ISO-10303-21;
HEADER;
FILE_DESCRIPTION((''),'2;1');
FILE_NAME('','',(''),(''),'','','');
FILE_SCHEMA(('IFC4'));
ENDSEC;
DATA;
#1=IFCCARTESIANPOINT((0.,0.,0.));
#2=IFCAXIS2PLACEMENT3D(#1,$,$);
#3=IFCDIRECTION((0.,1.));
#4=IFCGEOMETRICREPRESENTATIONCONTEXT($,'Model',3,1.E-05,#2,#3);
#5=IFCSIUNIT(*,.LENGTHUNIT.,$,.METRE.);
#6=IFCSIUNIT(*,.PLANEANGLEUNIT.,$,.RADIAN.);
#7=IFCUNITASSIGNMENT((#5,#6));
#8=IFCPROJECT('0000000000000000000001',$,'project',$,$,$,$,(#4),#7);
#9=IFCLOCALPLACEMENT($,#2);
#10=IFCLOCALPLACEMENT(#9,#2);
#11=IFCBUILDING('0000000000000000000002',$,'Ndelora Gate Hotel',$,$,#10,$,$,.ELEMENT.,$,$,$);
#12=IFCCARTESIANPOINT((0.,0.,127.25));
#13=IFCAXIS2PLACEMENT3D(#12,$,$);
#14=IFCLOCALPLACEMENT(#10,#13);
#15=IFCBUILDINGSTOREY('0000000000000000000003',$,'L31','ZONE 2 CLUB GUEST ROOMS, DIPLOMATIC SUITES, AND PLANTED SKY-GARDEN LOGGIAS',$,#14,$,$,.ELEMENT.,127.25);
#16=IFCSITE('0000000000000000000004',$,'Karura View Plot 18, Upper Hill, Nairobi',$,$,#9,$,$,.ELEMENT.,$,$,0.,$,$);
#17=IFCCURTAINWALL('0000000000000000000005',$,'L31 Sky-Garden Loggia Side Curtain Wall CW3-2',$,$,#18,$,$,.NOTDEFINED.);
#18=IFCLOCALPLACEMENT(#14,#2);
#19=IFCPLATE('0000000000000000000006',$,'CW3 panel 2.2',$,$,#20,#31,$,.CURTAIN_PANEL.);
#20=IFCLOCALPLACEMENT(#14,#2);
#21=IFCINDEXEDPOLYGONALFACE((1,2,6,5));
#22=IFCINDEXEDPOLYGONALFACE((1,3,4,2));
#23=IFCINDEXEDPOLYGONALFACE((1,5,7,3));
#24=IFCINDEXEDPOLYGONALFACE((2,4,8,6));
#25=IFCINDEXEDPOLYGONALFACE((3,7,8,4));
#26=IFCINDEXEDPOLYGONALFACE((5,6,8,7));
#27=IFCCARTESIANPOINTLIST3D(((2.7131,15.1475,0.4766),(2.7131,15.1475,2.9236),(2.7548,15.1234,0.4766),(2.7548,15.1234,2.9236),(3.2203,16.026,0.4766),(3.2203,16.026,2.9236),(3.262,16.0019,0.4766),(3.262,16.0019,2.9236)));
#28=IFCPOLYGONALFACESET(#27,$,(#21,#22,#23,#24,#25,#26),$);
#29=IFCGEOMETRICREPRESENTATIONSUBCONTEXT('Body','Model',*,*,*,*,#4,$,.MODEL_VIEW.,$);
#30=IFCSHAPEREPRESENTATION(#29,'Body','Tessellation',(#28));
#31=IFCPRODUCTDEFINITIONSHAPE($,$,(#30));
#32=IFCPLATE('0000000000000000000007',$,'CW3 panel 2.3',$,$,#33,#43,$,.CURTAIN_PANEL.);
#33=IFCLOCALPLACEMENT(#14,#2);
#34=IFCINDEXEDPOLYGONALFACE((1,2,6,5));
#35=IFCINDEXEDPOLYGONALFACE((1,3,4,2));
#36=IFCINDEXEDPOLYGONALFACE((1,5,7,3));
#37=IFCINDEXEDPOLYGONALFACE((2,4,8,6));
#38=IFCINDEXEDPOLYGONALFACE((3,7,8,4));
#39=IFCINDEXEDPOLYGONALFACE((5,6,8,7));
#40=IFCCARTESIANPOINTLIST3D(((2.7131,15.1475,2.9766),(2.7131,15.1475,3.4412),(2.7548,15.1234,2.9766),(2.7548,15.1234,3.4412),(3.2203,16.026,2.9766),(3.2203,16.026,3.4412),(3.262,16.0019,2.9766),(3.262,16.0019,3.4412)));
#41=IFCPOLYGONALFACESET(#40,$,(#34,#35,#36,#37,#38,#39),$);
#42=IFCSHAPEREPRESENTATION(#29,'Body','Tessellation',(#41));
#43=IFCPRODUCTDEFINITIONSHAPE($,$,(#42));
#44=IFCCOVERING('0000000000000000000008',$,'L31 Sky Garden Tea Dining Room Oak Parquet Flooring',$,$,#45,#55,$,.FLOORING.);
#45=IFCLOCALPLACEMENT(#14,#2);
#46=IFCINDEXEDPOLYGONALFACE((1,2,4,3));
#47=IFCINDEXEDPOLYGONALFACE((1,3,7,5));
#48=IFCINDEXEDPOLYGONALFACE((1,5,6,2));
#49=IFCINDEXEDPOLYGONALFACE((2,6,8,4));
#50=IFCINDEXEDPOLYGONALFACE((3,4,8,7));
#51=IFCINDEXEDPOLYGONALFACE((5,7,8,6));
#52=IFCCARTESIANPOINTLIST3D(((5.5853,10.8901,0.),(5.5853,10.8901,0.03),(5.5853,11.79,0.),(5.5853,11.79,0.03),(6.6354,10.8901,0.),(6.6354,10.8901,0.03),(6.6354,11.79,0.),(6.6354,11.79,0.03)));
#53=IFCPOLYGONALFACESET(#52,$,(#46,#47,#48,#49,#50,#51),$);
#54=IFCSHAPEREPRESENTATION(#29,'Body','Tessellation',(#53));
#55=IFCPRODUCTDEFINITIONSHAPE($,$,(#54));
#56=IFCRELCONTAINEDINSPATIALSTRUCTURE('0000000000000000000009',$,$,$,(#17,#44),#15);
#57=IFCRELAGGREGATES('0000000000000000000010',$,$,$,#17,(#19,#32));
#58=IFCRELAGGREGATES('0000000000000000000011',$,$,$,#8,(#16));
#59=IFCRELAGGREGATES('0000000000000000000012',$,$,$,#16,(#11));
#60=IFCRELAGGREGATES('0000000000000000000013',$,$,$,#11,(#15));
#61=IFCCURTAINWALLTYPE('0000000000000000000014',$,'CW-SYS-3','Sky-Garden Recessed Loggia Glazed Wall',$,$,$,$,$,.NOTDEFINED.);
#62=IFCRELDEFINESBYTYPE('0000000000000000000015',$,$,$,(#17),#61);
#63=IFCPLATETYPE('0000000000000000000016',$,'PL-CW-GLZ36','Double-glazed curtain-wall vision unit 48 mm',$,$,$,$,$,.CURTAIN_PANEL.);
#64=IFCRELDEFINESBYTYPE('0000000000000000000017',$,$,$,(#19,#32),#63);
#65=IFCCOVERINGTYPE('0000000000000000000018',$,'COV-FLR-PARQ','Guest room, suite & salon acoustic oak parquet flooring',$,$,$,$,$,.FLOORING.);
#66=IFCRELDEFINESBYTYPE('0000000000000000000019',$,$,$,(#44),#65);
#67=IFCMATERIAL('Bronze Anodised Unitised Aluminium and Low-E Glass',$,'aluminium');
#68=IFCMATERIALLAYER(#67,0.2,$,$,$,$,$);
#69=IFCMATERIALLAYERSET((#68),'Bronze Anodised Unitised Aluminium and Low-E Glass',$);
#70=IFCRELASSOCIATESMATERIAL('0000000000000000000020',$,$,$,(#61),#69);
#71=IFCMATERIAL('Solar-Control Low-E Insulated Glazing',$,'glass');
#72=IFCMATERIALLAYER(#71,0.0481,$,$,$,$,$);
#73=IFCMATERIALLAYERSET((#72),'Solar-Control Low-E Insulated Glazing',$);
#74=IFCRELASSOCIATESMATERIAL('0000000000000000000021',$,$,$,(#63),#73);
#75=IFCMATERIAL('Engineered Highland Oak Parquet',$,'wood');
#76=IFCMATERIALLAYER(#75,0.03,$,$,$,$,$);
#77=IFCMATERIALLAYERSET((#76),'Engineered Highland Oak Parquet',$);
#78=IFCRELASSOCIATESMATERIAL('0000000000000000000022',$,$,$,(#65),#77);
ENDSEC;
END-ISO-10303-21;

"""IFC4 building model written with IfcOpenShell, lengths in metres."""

from ifc_helpers import new_model, si_unit, direction, frame, origin, origin_2d, place, context, subcontext, project, spatial, rectangle, extrude, material, layer, layer_set, type_object, element, aggregate, save


model = new_model("IFC4")

# Units and contexts
model_context = context("Model", 3, precision=1e-05, world=origin(), true_north=direction((0.0, 1.0)))
body_context = subcontext(model_context, "Body", "Model", "MODEL_VIEW")
ifc_project = project(units=[si_unit("LENGTHUNIT", "METRE"), si_unit("PLANEANGLEUNIT", "RADIAN")], contexts=[model_context])

# Site, building, storey
site_placement = place(None, origin())
site = spatial("IfcSite", under=ifc_project, at=site_placement, Name="Karura View Plot 18, Upper Hill, Nairobi", CompositionType="ELEMENT", RefElevation=0.0)
building_placement = place(site_placement, origin())
building = spatial("IfcBuilding", under=site, at=building_placement, Name="Ndelora Gate Hotel", CompositionType="ELEMENT")
storey_placement = place(building_placement, frame((0.0, 0.0, 127.25)))
storey = spatial("IfcBuildingStorey", under=building, at=storey_placement, Name="L31", Description="ZONE 2 CLUB GUEST ROOMS, DIPLOMATIC SUITES, AND PLANTED SKY-GARDEN LOGGIAS", CompositionType="ELEMENT", Elevation=127.25)

# Curtain wall, plates
ifc_material_1 = material(Name="Bronze Anodised Unitised Aluminium and Low-E Glass", Category="aluminium")
ifc_layer_1 = layer(ifc_material_1, 0.2)
ifc_layer_set_1 = layer_set([ifc_layer_1], Name="Bronze Anodised Unitised Aluminium and Low-E Glass")
curtain_wall_type = type_object("IfcCurtainWallType", Name="CW-SYS-3", Description="Sky-Garden Recessed Loggia Glazed Wall", PredefinedType="NOTDEFINED", material=ifc_layer_set_1)
curtain_wall_placement = place(storey_placement, origin())
curtain_wall = element("IfcCurtainWall", 1, at=curtain_wall_placement, inside=storey, type_object=curtain_wall_type, Name="L31 Sky-Garden Loggia Side Curtain Wall CW3-2", PredefinedType="NOTDEFINED")
ifc_material_2 = material(Name="Solar-Control Low-E Insulated Glazing", Category="glass")
ifc_layer_2 = layer(ifc_material_2, 0.0481)
ifc_layer_set_2 = layer_set([ifc_layer_2], Name="Solar-Control Low-E Insulated Glazing")
plate_type = type_object("IfcPlateType", Name="PL-CW-GLZ36", Description="Double-glazed curtain-wall vision unit 48 mm", PredefinedType="CURTAIN_PANEL", material=ifc_layer_set_2)
plate_1_placement = place(storey_placement, frame((2.9875, 15.5747, 0.4766), z_axis=(0.0, 0.0, 1.0), x_axis=(-0.500011, -0.866019, 0.0)))
plate_1 = element("IfcPlate", 2, at=plate_1_placement, type_object=plate_type, Name="CW3 panel 2.2", PredefinedType="CURTAIN_PANEL", context=body_context, shape_type="SweptSolid", body=[
    extrude(rectangle(XDim=1.0144, YDim=0.0481, at=origin_2d()), origin(), (0.0, 0.0, 1.0), 2.447),
])
plate_2_placement = place(storey_placement, frame((2.9875, 15.5747, 2.9766), z_axis=(0.0, 0.0, 1.0), x_axis=(-0.500011, -0.866019, 0.0)))
plate_2 = element("IfcPlate", 3, at=plate_2_placement, type_object=plate_type, Name="CW3 panel 2.3", PredefinedType="CURTAIN_PANEL", context=body_context, shape_type="SweptSolid", body=[
    extrude(rectangle(XDim=1.0144, YDim=0.0481, at=origin_2d()), origin(), (0.0, 0.0, 1.0), 0.4646),
])
aggregate(curtain_wall, [plate_1, plate_2])

# Covering
ifc_material_3 = material(Name="Engineered Highland Oak Parquet", Category="wood")
ifc_layer_3 = layer(ifc_material_3, 0.03)
ifc_layer_set_3 = layer_set([ifc_layer_3], Name="Engineered Highland Oak Parquet")
covering_type = type_object("IfcCoveringType", Name="COV-FLR-PARQ", Description="Guest room, suite & salon acoustic oak parquet flooring", PredefinedType="FLOORING", material=ifc_layer_set_3)
covering_placement = place(storey_placement, frame((6.1104, 11.3401, 0.0), z_axis=(0.0, 0.0, 1.0), x_axis=(1.0, 0.0, 0.0)))
element("IfcCovering", 4, at=covering_placement, inside=storey, type_object=covering_type, Name="L31 Sky Garden Tea Dining Room Oak Parquet Flooring", PredefinedType="FLOORING", context=body_context, shape_type="SweptSolid", body=[
    extrude(rectangle(XDim=1.05, YDim=0.8999, at=origin_2d()), origin(), (0.0, 0.0, 1.0), 0.03),
])

save(model, "model.ifc")
